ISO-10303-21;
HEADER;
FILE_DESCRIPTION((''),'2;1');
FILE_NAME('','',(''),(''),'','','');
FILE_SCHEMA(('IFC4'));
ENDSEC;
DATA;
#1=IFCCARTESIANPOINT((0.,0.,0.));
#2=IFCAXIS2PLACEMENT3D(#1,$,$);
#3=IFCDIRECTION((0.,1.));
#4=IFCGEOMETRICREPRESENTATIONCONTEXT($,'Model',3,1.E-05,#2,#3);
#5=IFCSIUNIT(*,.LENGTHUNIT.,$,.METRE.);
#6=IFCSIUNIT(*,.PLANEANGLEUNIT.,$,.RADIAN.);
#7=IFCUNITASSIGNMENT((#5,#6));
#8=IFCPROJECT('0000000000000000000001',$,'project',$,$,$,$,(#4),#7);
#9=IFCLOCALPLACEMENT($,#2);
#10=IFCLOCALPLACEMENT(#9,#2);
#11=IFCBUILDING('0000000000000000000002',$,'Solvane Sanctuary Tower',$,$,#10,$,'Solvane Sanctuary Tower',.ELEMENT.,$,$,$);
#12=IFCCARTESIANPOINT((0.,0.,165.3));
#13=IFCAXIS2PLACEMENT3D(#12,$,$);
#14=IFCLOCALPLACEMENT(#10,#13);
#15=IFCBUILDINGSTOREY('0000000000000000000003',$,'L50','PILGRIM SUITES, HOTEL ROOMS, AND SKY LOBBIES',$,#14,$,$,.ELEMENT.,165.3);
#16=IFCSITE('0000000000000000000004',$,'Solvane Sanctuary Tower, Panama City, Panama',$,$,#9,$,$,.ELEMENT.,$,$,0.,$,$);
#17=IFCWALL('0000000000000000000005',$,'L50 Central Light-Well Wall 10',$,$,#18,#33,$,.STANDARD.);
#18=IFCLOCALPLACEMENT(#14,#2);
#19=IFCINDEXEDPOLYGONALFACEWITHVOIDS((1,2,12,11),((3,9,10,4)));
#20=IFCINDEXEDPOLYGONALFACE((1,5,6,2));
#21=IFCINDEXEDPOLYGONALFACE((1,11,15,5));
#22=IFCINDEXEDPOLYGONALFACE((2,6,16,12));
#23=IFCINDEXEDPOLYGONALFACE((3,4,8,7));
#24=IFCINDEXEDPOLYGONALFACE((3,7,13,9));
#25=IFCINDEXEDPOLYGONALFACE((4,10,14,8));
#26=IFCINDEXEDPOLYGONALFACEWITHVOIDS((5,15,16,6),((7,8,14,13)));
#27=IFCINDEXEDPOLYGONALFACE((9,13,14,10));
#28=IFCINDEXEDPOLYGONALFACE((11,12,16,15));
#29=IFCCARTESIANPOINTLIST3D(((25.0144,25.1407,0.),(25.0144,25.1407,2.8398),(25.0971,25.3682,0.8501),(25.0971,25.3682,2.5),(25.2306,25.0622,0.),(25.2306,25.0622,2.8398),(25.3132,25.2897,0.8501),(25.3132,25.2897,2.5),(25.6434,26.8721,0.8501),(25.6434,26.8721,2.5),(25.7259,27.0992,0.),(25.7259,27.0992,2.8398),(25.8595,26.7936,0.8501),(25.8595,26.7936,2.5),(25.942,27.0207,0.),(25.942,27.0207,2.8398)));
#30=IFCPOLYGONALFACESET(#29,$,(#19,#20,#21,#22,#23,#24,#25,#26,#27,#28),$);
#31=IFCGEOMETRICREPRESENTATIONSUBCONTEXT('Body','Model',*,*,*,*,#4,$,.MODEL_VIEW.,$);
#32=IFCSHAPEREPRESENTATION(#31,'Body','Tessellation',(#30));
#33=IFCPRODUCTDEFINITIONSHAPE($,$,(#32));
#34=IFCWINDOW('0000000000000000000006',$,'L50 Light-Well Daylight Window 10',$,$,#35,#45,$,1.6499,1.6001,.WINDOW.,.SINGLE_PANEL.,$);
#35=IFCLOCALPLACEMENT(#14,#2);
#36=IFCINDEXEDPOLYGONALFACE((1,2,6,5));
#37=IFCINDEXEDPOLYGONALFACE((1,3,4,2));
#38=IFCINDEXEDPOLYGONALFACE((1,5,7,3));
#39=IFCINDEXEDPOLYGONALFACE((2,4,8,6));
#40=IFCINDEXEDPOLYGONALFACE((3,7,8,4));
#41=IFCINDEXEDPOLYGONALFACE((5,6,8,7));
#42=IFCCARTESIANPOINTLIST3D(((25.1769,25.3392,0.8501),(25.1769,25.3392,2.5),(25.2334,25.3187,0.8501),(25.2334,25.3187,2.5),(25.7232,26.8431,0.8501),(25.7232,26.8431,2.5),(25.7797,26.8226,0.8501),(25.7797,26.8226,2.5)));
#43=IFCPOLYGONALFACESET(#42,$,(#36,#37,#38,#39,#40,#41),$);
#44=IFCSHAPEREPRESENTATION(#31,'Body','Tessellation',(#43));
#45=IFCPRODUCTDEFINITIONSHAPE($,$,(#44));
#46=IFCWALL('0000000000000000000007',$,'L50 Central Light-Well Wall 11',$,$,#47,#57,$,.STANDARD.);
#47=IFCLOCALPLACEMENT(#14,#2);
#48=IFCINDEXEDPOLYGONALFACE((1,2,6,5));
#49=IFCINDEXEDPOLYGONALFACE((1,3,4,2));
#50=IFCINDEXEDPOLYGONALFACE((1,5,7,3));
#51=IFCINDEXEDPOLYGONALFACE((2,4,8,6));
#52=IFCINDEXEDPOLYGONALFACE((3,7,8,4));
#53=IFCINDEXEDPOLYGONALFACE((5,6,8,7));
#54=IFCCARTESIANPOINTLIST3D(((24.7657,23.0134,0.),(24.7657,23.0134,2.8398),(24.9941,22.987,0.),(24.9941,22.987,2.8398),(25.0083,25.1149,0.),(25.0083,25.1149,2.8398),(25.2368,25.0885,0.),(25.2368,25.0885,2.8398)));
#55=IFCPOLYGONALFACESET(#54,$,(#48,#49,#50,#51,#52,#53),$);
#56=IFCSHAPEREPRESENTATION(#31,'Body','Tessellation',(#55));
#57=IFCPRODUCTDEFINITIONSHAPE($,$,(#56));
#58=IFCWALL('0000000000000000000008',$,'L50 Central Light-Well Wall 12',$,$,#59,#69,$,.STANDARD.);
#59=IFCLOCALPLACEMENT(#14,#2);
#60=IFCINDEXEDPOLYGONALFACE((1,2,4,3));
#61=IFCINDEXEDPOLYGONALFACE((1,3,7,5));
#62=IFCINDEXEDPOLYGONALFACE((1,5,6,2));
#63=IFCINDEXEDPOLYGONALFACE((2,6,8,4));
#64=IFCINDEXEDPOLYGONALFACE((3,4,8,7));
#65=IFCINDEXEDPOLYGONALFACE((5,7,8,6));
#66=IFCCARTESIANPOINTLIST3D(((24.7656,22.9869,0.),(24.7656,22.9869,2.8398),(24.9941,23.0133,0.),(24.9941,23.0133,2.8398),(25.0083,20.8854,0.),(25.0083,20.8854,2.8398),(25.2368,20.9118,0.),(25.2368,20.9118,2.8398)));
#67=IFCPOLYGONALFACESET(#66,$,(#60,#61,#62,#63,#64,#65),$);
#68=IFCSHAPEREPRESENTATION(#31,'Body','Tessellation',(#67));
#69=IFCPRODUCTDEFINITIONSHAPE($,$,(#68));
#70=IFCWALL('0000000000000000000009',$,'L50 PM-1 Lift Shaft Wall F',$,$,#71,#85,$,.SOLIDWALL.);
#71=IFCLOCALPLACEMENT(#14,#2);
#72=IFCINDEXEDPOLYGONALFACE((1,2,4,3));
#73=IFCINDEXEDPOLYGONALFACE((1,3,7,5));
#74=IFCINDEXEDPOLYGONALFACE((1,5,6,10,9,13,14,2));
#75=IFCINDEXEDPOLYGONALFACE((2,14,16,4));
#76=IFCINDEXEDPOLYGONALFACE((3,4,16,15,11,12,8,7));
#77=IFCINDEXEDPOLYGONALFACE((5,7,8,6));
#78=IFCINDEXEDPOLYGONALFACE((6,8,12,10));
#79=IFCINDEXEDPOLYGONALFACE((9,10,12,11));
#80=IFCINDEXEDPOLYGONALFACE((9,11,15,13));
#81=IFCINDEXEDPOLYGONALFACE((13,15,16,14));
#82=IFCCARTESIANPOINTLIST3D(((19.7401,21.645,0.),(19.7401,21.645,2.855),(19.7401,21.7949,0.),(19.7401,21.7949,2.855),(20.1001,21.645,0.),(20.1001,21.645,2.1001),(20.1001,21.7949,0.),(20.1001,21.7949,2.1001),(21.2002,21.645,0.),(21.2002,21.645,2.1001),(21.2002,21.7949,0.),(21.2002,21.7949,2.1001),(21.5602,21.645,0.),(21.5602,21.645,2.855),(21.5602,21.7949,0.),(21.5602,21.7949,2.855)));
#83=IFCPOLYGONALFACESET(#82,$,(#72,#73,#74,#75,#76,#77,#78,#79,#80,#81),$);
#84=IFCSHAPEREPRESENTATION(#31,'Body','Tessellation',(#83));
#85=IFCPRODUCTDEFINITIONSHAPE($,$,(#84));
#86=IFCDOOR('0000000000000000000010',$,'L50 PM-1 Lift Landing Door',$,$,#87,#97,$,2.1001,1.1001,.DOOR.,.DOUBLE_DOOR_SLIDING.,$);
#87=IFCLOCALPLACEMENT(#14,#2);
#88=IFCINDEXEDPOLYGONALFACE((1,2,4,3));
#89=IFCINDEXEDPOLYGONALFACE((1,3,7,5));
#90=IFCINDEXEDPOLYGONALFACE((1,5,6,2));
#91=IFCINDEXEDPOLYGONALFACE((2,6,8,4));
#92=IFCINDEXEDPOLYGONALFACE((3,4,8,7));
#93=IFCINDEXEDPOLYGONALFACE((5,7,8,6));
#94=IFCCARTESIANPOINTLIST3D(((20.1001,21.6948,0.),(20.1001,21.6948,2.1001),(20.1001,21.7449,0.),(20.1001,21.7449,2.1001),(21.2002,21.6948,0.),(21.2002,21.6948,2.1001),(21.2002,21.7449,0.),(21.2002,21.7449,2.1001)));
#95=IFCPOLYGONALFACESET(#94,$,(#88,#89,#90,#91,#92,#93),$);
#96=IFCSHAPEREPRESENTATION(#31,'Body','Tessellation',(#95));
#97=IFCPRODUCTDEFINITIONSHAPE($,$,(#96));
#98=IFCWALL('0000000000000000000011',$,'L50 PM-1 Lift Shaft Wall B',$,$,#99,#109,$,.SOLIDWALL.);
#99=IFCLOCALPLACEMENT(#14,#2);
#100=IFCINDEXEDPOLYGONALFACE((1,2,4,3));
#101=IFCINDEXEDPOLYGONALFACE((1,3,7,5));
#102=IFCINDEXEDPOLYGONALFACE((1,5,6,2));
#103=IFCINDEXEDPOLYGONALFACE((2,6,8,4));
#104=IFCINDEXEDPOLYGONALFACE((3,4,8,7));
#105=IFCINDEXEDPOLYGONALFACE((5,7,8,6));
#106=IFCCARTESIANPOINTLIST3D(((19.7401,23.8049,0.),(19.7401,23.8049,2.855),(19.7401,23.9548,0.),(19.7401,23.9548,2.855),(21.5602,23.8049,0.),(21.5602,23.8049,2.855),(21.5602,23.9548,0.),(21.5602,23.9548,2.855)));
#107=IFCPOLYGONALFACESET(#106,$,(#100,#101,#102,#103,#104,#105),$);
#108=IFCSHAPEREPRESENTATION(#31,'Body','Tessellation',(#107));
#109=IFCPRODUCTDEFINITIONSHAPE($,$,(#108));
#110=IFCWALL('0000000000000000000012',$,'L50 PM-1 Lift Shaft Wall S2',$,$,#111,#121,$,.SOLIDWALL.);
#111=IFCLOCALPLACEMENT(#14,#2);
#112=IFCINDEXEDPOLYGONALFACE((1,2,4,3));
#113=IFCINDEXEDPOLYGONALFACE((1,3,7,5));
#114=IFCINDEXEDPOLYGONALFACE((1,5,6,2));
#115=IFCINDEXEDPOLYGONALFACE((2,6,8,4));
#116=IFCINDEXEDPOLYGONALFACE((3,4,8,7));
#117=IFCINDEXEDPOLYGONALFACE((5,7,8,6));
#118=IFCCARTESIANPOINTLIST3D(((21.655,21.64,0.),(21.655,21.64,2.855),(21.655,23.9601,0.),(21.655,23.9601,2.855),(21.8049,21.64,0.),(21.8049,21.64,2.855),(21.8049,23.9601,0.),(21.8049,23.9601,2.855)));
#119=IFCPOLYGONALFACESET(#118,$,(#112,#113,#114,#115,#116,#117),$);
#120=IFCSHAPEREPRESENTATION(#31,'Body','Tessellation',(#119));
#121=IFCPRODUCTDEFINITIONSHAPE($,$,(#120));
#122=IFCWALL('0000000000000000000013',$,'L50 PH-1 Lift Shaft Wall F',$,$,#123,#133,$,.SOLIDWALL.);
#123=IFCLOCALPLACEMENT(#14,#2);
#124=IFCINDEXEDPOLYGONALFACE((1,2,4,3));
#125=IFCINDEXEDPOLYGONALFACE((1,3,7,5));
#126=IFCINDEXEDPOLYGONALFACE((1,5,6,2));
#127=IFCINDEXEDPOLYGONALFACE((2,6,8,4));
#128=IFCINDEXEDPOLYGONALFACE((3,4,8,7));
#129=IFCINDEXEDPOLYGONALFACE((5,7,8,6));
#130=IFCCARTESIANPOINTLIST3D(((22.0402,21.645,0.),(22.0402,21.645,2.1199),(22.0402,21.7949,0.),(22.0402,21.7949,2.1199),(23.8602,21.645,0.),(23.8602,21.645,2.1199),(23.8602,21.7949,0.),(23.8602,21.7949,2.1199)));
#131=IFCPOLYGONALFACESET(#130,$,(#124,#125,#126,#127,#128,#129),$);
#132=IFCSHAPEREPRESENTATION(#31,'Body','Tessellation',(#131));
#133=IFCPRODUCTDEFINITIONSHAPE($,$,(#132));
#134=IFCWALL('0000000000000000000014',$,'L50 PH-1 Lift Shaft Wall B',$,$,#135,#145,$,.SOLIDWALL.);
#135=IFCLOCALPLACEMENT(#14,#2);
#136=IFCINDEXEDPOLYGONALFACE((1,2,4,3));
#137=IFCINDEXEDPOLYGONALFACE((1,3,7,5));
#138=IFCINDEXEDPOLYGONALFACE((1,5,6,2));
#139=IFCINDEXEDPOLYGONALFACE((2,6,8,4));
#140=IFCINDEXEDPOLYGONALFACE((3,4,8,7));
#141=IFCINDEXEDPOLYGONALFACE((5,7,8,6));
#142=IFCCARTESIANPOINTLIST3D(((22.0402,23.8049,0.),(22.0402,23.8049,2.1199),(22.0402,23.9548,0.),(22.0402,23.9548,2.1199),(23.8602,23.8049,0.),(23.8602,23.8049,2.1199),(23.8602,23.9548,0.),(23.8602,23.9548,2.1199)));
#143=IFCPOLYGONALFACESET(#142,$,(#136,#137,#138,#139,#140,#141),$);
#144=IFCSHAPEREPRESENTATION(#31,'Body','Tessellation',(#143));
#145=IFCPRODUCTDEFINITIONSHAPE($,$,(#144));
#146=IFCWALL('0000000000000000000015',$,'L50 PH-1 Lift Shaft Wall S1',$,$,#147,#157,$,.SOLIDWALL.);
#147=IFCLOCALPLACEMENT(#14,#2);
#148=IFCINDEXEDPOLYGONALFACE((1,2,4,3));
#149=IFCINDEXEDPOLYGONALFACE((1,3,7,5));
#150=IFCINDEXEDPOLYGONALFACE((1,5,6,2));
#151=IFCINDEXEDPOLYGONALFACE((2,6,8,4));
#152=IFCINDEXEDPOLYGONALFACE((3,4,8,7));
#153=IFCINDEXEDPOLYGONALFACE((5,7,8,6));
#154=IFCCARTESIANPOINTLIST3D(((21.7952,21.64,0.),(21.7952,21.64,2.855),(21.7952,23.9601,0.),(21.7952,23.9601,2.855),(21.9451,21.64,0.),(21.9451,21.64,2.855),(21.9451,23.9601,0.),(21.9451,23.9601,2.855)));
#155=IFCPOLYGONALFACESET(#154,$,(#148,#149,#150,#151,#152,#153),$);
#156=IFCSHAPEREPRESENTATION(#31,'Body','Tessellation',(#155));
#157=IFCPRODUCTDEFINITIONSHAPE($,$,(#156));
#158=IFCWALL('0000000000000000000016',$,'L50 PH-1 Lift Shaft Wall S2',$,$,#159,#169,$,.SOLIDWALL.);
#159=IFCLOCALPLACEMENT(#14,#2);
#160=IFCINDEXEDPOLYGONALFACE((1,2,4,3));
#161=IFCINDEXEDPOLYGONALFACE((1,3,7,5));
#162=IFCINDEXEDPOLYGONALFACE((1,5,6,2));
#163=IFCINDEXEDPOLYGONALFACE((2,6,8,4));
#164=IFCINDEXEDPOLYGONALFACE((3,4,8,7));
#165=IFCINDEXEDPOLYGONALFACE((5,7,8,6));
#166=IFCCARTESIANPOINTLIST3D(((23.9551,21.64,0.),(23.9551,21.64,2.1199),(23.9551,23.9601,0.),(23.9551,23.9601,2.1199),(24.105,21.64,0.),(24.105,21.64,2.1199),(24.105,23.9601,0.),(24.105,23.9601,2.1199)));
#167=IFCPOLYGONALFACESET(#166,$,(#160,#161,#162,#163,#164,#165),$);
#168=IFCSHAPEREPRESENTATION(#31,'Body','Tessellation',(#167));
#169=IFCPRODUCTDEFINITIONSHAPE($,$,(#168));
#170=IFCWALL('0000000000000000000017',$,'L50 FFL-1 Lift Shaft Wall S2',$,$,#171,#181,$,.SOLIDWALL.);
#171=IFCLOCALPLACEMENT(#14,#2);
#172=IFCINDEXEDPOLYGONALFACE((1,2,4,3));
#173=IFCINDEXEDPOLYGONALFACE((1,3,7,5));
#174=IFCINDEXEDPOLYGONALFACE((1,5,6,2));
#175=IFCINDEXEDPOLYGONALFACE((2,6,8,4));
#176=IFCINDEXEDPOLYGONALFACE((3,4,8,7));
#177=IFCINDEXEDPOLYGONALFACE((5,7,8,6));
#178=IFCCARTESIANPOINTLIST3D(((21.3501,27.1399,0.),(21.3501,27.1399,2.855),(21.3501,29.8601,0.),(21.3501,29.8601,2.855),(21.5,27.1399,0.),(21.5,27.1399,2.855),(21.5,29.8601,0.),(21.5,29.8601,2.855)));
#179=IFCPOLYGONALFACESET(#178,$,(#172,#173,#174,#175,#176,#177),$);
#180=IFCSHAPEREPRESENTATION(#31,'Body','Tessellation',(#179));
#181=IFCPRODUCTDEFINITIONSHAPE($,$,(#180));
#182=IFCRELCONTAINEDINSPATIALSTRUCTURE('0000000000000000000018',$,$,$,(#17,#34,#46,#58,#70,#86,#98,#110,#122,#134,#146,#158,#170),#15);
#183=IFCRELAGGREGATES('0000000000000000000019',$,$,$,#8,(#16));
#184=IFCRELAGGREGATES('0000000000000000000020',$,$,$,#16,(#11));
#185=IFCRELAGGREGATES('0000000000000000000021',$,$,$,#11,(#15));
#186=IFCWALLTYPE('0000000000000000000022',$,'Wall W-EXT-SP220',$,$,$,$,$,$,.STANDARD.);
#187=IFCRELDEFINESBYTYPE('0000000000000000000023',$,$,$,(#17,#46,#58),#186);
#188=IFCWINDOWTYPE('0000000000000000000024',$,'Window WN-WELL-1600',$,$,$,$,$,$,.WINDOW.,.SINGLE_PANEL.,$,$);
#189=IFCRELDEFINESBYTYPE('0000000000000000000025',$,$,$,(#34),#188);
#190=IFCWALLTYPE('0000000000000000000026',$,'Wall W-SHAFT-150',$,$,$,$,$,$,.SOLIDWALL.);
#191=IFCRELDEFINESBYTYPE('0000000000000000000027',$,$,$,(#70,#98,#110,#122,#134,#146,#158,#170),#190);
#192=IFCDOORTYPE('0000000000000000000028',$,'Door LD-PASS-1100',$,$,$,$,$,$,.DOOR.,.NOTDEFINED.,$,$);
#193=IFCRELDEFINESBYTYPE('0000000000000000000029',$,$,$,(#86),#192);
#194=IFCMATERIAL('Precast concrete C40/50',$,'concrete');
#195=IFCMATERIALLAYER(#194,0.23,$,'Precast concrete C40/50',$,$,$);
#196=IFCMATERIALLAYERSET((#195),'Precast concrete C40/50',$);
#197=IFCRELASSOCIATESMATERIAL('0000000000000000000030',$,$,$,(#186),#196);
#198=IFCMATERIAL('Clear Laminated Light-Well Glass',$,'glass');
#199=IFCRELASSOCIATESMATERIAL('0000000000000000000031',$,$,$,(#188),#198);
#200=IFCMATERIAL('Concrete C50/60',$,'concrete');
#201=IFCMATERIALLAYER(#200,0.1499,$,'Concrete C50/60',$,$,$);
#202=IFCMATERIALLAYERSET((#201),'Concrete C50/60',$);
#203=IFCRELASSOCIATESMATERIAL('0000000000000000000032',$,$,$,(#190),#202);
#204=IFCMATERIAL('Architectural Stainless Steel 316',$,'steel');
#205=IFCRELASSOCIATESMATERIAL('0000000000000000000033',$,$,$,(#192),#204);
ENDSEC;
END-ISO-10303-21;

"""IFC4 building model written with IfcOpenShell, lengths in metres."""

from ifc_helpers import new_model, si_unit, direction, frame, frame_2d, origin, place, context, subcontext, project, spatial, rectangle, extrude, material, layer, layer_set, type_object, element, fill, save


model = new_model("IFC4")

# Units and contexts
model_context = context("Model", 3, precision=1e-05, world=origin(), true_north=direction((0.0, 1.0)))
body_context = subcontext(model_context, "Body", "Model", "MODEL_VIEW")
ifc_project = project(units=[si_unit("LENGTHUNIT", "METRE"), si_unit("PLANEANGLEUNIT", "RADIAN")], contexts=[model_context])

# Site, building, storey
site_placement = place(None, origin())
site = spatial("IfcSite", under=ifc_project, at=site_placement, Name="Solvane Sanctuary Tower, Panama City, Panama", CompositionType="ELEMENT", RefElevation=0.0)
building_placement = place(site_placement, origin())
building = spatial("IfcBuilding", under=site, at=building_placement, Name="Solvane Sanctuary Tower", LongName="Solvane Sanctuary Tower", CompositionType="ELEMENT")
storey_placement = place(building_placement, frame((0.0, 0.0, 165.3)))
storey = spatial("IfcBuildingStorey", under=building, at=storey_placement, Name="L50", Description="PILGRIM SUITES, HOTEL ROOMS, AND SKY LOBBIES", CompositionType="ELEMENT", Elevation=165.3)

# Shared definitions
ifc_material_1 = material(Name="Concrete C50/60", Category="concrete")

# Shared definitions
ifc_material_2 = material(Name="Architectural Stainless Steel 316", Category="steel")

# Shared definitions
ifc_material_3 = material(Name="Precast concrete C40/50", Category="concrete")
ifc_layer_1 = layer(ifc_material_3, 0.23, Name="Precast concrete C40/50")
ifc_layer_set_1 = layer_set([ifc_layer_1], Name="Precast concrete C40/50")
wall_type_1 = type_object("IfcWallType", Name="Wall W-EXT-SP220", PredefinedType="STANDARD", material=ifc_layer_set_1)

# Wall, opening, window
wall_1_placement = place(storey_placement, frame((25.834, 27.0601, 0.0), z_axis=(0.0, 0.0, 1.0), x_axis=(-0.341423, -0.93991, 0.0)))
wall_1 = element("IfcWall", 1, at=wall_1_placement, inside=storey, type_object=wall_type_1, Name="L50 Central Light-Well Wall 10", PredefinedType="STANDARD", context=body_context, shape_type="SweptSolid", body=[
    extrude(rectangle(XDim=2.0837, YDim=0.23, at=frame_2d((1.042, 0.0))), origin(), (0.0, 0.0, 1.0), 2.8398),
])
opening_1_placement = place(wall_1_placement, frame((0.2417, 0.0, 0.8501)))
opening_1 = element("IfcOpeningElement", 2, at=opening_1_placement, cuts=wall_1, PredefinedType="OPENING", context=body_context, shape_type="SweptSolid", body=[
    extrude(rectangle(XDim=1.6001, YDim=1.6499, at=frame_2d((0.8, 0.825))), frame((0.0, 0.125, 0.0), z_axis=(0.0, -1.0, 0.0), x_axis=(1.0, 0.0, 0.0)), (0.0, 0.0, 1.0), 0.25),
])
ifc_material_4 = material(Name="Clear Laminated Light-Well Glass", Category="glass")
window_type = type_object("IfcWindowType", Name="Window WN-WELL-1600", PartitioningType="SINGLE_PANEL", PredefinedType="WINDOW", material=ifc_material_4)
window_placement = place(opening_1_placement, origin())
window = element("IfcWindow", 3, at=window_placement, inside=storey, type_object=window_type, Name="L50 Light-Well Daylight Window 10", OverallHeight=1.6499, OverallWidth=1.6001, PartitioningType="SINGLE_PANEL", PredefinedType="WINDOW", context=body_context, shape_type="SweptSolid", body=[
    extrude(rectangle(XDim=1.6001, YDim=1.6499, at=frame_2d((0.8, 0.825))), frame((0.0, 0.03, 0.0), z_axis=(0.0, -1.0, 0.0), x_axis=(1.0, 0.0, 0.0)), (0.0, 0.0, 1.0), 0.0601),
])
fill(opening_1, window)

# Walls
for number, where, z_axis, x_axis, name in (
    (4, (25.1226, 25.1016, 0.0), (0.0, 0.0, 1.0), (-0.114712, -0.993399, 0.0), "L50 Central Light-Well Wall 11"),
    (5, (24.8799, 23.0, 0.0), (0.0, 0.0, 1.0), (0.114712, -0.993399, 0.0), "L50 Central Light-Well Wall 12"),
):
    element("IfcWall", number, at=place(storey_placement, frame(where, z_axis=z_axis, x_axis=x_axis)), inside=storey, type_object=wall_type_1, Name=name, PredefinedType="STANDARD", context=body_context, shape_type="SweptSolid", body=[
        extrude(rectangle(XDim=2.1155, YDim=0.23, at=frame_2d((1.0576, 0.0))), origin(), (0.0, 0.0, 1.0), 2.8398),
    ])

# Wall, opening, door
ifc_layer_2 = layer(ifc_material_1, 0.1499, Name="Concrete C50/60")
ifc_layer_set_2 = layer_set([ifc_layer_2], Name="Concrete C50/60")
wall_type_2 = type_object("IfcWallType", Name="Wall W-SHAFT-150", PredefinedType="SOLIDWALL", material=ifc_layer_set_2)
wall_2_placement = place(storey_placement, frame((19.74, 21.72, 0.0), z_axis=(0.0, 0.0, 1.0), x_axis=(1.0, 0.0, 0.0)))
wall_2 = element("IfcWall", 6, at=wall_2_placement, inside=storey, type_object=wall_type_2, Name="L50 PM-1 Lift Shaft Wall F", PredefinedType="SOLIDWALL", context=body_context, shape_type="SweptSolid", body=[
    extrude(rectangle(XDim=1.8201, YDim=0.1499, at=frame_2d((0.9102, 0.0))), origin(), (0.0, 0.0, 1.0), 2.855),
])
opening_2_placement = place(wall_2_placement, frame((0.3601, 0.0, 0.0)))
opening_2 = element("IfcOpeningElement", 7, at=opening_2_placement, cuts=wall_2, PredefinedType="OPENING", context=body_context, shape_type="SweptSolid", body=[
    extrude(rectangle(XDim=1.1001, YDim=2.1001, at=frame_2d((0.55, 1.05))), frame((0.0, 0.085, 0.0), z_axis=(0.0, -1.0, 0.0), x_axis=(1.0, 0.0, 0.0)), (0.0, 0.0, 1.0), 0.1699),
])
door_type_1 = type_object("IfcDoorType", Name="Door LD-PASS-1100", OperationType="NOTDEFINED", PredefinedType="DOOR", material=ifc_material_2)
door_1_placement = place(opening_2_placement, origin())
door_1 = element("IfcDoor", 8, at=door_1_placement, inside=storey, type_object=door_type_1, Name="L50 PM-1 Lift Landing Door", OperationType="DOUBLE_DOOR_SLIDING", OverallHeight=2.1001, OverallWidth=1.1001, PredefinedType="DOOR", context=body_context, shape_type="SweptSolid", body=[
    extrude(rectangle(XDim=1.1001, YDim=2.1001, at=frame_2d((0.55, 1.05))), frame((0.0, 0.0249, 0.0), z_axis=(0.0, -1.0, 0.0), x_axis=(1.0, 0.0, 0.0)), (0.0, 0.0, 1.0), 0.05),
])
fill(opening_2, door_1)

# Walls
wall_3_placement = place(storey_placement, frame((19.74, 23.8799, 0.0), z_axis=(0.0, 0.0, 1.0), x_axis=(1.0, 0.0, 0.0)))
element("IfcWall", 9, at=wall_3_placement, inside=storey, type_object=wall_type_2, Name="L50 PM-1 Lift Shaft Wall B", PredefinedType="SOLIDWALL", context=body_context, shape_type="SweptSolid", body=[
    extrude(rectangle(XDim=1.8201, YDim=0.1499, at=frame_2d((0.9102, 0.0))), origin(), (0.0, 0.0, 1.0), 2.855),
])
wall_4_placement = place(storey_placement, frame((21.73, 21.6399, 0.0), z_axis=(0.0, 0.0, 1.0), x_axis=(0.0, 1.0, 0.0)))
element("IfcWall", 10, at=wall_4_placement, inside=storey, type_object=wall_type_2, Name="L50 PM-1 Lift Shaft Wall S2", PredefinedType="SOLIDWALL", context=body_context, shape_type="SweptSolid", body=[
    extrude(rectangle(XDim=2.3201, YDim=0.1499, at=frame_2d((1.1602, 0.0))), origin(), (0.0, 0.0, 1.0), 2.855),
])
for number, where, z_axis, x_axis, name in (
    (11, (22.04, 21.72, 0.0), (0.0, 0.0, 1.0), (1.0, 0.0, 0.0), "L50 PH-1 Lift Shaft Wall F"),
    (12, (22.04, 23.8799, 0.0), (0.0, 0.0, 1.0), (1.0, 0.0, 0.0), "L50 PH-1 Lift Shaft Wall B"),
):
    element("IfcWall", number, at=place(storey_placement, frame(where, z_axis=z_axis, x_axis=x_axis)), inside=storey, type_object=wall_type_2, Name=name, PredefinedType="SOLIDWALL", context=body_context, shape_type="SweptSolid", body=[
        extrude(rectangle(XDim=1.8201, YDim=0.1499, at=frame_2d((0.9102, 0.0))), origin(), (0.0, 0.0, 1.0), 2.1199),
    ])
wall_5_placement = place(storey_placement, frame((21.8701, 21.6399, 0.0), z_axis=(0.0, 0.0, 1.0), x_axis=(0.0, 1.0, 0.0)))
element("IfcWall", 13, at=wall_5_placement, inside=storey, type_object=wall_type_2, Name="L50 PH-1 Lift Shaft Wall S1", PredefinedType="SOLIDWALL", context=body_context, shape_type="SweptSolid", body=[
    extrude(rectangle(XDim=2.3201, YDim=0.1499, at=frame_2d((1.1602, 0.0))), origin(), (0.0, 0.0, 1.0), 2.855),
])
wall_6_placement = place(storey_placement, frame((24.03, 21.6399, 0.0), z_axis=(0.0, 0.0, 1.0), x_axis=(0.0, 1.0, 0.0)))
element("IfcWall", 14, at=wall_6_placement, inside=storey, type_object=wall_type_2, Name="L50 PH-1 Lift Shaft Wall S2", PredefinedType="SOLIDWALL", context=body_context, shape_type="SweptSolid", body=[
    extrude(rectangle(XDim=2.3201, YDim=0.1499, at=frame_2d((1.1602, 0.0))), origin(), (0.0, 0.0, 1.0), 2.1199),
])
wall_7_placement = place(storey_placement, frame((21.425, 27.1399, 0.0), z_axis=(0.0, 0.0, 1.0), x_axis=(0.0, 1.0, 0.0)))
element("IfcWall", 15, at=wall_7_placement, inside=storey, type_object=wall_type_2, Name="L50 FFL-1 Lift Shaft Wall S2", PredefinedType="SOLIDWALL", context=body_context, shape_type="SweptSolid", body=[
    extrude(rectangle(XDim=2.7202, YDim=0.1499, at=frame_2d((1.3601, 0.0))), origin(), (0.0, 0.0, 1.0), 2.855),
])

save(model, "model.ifc")
